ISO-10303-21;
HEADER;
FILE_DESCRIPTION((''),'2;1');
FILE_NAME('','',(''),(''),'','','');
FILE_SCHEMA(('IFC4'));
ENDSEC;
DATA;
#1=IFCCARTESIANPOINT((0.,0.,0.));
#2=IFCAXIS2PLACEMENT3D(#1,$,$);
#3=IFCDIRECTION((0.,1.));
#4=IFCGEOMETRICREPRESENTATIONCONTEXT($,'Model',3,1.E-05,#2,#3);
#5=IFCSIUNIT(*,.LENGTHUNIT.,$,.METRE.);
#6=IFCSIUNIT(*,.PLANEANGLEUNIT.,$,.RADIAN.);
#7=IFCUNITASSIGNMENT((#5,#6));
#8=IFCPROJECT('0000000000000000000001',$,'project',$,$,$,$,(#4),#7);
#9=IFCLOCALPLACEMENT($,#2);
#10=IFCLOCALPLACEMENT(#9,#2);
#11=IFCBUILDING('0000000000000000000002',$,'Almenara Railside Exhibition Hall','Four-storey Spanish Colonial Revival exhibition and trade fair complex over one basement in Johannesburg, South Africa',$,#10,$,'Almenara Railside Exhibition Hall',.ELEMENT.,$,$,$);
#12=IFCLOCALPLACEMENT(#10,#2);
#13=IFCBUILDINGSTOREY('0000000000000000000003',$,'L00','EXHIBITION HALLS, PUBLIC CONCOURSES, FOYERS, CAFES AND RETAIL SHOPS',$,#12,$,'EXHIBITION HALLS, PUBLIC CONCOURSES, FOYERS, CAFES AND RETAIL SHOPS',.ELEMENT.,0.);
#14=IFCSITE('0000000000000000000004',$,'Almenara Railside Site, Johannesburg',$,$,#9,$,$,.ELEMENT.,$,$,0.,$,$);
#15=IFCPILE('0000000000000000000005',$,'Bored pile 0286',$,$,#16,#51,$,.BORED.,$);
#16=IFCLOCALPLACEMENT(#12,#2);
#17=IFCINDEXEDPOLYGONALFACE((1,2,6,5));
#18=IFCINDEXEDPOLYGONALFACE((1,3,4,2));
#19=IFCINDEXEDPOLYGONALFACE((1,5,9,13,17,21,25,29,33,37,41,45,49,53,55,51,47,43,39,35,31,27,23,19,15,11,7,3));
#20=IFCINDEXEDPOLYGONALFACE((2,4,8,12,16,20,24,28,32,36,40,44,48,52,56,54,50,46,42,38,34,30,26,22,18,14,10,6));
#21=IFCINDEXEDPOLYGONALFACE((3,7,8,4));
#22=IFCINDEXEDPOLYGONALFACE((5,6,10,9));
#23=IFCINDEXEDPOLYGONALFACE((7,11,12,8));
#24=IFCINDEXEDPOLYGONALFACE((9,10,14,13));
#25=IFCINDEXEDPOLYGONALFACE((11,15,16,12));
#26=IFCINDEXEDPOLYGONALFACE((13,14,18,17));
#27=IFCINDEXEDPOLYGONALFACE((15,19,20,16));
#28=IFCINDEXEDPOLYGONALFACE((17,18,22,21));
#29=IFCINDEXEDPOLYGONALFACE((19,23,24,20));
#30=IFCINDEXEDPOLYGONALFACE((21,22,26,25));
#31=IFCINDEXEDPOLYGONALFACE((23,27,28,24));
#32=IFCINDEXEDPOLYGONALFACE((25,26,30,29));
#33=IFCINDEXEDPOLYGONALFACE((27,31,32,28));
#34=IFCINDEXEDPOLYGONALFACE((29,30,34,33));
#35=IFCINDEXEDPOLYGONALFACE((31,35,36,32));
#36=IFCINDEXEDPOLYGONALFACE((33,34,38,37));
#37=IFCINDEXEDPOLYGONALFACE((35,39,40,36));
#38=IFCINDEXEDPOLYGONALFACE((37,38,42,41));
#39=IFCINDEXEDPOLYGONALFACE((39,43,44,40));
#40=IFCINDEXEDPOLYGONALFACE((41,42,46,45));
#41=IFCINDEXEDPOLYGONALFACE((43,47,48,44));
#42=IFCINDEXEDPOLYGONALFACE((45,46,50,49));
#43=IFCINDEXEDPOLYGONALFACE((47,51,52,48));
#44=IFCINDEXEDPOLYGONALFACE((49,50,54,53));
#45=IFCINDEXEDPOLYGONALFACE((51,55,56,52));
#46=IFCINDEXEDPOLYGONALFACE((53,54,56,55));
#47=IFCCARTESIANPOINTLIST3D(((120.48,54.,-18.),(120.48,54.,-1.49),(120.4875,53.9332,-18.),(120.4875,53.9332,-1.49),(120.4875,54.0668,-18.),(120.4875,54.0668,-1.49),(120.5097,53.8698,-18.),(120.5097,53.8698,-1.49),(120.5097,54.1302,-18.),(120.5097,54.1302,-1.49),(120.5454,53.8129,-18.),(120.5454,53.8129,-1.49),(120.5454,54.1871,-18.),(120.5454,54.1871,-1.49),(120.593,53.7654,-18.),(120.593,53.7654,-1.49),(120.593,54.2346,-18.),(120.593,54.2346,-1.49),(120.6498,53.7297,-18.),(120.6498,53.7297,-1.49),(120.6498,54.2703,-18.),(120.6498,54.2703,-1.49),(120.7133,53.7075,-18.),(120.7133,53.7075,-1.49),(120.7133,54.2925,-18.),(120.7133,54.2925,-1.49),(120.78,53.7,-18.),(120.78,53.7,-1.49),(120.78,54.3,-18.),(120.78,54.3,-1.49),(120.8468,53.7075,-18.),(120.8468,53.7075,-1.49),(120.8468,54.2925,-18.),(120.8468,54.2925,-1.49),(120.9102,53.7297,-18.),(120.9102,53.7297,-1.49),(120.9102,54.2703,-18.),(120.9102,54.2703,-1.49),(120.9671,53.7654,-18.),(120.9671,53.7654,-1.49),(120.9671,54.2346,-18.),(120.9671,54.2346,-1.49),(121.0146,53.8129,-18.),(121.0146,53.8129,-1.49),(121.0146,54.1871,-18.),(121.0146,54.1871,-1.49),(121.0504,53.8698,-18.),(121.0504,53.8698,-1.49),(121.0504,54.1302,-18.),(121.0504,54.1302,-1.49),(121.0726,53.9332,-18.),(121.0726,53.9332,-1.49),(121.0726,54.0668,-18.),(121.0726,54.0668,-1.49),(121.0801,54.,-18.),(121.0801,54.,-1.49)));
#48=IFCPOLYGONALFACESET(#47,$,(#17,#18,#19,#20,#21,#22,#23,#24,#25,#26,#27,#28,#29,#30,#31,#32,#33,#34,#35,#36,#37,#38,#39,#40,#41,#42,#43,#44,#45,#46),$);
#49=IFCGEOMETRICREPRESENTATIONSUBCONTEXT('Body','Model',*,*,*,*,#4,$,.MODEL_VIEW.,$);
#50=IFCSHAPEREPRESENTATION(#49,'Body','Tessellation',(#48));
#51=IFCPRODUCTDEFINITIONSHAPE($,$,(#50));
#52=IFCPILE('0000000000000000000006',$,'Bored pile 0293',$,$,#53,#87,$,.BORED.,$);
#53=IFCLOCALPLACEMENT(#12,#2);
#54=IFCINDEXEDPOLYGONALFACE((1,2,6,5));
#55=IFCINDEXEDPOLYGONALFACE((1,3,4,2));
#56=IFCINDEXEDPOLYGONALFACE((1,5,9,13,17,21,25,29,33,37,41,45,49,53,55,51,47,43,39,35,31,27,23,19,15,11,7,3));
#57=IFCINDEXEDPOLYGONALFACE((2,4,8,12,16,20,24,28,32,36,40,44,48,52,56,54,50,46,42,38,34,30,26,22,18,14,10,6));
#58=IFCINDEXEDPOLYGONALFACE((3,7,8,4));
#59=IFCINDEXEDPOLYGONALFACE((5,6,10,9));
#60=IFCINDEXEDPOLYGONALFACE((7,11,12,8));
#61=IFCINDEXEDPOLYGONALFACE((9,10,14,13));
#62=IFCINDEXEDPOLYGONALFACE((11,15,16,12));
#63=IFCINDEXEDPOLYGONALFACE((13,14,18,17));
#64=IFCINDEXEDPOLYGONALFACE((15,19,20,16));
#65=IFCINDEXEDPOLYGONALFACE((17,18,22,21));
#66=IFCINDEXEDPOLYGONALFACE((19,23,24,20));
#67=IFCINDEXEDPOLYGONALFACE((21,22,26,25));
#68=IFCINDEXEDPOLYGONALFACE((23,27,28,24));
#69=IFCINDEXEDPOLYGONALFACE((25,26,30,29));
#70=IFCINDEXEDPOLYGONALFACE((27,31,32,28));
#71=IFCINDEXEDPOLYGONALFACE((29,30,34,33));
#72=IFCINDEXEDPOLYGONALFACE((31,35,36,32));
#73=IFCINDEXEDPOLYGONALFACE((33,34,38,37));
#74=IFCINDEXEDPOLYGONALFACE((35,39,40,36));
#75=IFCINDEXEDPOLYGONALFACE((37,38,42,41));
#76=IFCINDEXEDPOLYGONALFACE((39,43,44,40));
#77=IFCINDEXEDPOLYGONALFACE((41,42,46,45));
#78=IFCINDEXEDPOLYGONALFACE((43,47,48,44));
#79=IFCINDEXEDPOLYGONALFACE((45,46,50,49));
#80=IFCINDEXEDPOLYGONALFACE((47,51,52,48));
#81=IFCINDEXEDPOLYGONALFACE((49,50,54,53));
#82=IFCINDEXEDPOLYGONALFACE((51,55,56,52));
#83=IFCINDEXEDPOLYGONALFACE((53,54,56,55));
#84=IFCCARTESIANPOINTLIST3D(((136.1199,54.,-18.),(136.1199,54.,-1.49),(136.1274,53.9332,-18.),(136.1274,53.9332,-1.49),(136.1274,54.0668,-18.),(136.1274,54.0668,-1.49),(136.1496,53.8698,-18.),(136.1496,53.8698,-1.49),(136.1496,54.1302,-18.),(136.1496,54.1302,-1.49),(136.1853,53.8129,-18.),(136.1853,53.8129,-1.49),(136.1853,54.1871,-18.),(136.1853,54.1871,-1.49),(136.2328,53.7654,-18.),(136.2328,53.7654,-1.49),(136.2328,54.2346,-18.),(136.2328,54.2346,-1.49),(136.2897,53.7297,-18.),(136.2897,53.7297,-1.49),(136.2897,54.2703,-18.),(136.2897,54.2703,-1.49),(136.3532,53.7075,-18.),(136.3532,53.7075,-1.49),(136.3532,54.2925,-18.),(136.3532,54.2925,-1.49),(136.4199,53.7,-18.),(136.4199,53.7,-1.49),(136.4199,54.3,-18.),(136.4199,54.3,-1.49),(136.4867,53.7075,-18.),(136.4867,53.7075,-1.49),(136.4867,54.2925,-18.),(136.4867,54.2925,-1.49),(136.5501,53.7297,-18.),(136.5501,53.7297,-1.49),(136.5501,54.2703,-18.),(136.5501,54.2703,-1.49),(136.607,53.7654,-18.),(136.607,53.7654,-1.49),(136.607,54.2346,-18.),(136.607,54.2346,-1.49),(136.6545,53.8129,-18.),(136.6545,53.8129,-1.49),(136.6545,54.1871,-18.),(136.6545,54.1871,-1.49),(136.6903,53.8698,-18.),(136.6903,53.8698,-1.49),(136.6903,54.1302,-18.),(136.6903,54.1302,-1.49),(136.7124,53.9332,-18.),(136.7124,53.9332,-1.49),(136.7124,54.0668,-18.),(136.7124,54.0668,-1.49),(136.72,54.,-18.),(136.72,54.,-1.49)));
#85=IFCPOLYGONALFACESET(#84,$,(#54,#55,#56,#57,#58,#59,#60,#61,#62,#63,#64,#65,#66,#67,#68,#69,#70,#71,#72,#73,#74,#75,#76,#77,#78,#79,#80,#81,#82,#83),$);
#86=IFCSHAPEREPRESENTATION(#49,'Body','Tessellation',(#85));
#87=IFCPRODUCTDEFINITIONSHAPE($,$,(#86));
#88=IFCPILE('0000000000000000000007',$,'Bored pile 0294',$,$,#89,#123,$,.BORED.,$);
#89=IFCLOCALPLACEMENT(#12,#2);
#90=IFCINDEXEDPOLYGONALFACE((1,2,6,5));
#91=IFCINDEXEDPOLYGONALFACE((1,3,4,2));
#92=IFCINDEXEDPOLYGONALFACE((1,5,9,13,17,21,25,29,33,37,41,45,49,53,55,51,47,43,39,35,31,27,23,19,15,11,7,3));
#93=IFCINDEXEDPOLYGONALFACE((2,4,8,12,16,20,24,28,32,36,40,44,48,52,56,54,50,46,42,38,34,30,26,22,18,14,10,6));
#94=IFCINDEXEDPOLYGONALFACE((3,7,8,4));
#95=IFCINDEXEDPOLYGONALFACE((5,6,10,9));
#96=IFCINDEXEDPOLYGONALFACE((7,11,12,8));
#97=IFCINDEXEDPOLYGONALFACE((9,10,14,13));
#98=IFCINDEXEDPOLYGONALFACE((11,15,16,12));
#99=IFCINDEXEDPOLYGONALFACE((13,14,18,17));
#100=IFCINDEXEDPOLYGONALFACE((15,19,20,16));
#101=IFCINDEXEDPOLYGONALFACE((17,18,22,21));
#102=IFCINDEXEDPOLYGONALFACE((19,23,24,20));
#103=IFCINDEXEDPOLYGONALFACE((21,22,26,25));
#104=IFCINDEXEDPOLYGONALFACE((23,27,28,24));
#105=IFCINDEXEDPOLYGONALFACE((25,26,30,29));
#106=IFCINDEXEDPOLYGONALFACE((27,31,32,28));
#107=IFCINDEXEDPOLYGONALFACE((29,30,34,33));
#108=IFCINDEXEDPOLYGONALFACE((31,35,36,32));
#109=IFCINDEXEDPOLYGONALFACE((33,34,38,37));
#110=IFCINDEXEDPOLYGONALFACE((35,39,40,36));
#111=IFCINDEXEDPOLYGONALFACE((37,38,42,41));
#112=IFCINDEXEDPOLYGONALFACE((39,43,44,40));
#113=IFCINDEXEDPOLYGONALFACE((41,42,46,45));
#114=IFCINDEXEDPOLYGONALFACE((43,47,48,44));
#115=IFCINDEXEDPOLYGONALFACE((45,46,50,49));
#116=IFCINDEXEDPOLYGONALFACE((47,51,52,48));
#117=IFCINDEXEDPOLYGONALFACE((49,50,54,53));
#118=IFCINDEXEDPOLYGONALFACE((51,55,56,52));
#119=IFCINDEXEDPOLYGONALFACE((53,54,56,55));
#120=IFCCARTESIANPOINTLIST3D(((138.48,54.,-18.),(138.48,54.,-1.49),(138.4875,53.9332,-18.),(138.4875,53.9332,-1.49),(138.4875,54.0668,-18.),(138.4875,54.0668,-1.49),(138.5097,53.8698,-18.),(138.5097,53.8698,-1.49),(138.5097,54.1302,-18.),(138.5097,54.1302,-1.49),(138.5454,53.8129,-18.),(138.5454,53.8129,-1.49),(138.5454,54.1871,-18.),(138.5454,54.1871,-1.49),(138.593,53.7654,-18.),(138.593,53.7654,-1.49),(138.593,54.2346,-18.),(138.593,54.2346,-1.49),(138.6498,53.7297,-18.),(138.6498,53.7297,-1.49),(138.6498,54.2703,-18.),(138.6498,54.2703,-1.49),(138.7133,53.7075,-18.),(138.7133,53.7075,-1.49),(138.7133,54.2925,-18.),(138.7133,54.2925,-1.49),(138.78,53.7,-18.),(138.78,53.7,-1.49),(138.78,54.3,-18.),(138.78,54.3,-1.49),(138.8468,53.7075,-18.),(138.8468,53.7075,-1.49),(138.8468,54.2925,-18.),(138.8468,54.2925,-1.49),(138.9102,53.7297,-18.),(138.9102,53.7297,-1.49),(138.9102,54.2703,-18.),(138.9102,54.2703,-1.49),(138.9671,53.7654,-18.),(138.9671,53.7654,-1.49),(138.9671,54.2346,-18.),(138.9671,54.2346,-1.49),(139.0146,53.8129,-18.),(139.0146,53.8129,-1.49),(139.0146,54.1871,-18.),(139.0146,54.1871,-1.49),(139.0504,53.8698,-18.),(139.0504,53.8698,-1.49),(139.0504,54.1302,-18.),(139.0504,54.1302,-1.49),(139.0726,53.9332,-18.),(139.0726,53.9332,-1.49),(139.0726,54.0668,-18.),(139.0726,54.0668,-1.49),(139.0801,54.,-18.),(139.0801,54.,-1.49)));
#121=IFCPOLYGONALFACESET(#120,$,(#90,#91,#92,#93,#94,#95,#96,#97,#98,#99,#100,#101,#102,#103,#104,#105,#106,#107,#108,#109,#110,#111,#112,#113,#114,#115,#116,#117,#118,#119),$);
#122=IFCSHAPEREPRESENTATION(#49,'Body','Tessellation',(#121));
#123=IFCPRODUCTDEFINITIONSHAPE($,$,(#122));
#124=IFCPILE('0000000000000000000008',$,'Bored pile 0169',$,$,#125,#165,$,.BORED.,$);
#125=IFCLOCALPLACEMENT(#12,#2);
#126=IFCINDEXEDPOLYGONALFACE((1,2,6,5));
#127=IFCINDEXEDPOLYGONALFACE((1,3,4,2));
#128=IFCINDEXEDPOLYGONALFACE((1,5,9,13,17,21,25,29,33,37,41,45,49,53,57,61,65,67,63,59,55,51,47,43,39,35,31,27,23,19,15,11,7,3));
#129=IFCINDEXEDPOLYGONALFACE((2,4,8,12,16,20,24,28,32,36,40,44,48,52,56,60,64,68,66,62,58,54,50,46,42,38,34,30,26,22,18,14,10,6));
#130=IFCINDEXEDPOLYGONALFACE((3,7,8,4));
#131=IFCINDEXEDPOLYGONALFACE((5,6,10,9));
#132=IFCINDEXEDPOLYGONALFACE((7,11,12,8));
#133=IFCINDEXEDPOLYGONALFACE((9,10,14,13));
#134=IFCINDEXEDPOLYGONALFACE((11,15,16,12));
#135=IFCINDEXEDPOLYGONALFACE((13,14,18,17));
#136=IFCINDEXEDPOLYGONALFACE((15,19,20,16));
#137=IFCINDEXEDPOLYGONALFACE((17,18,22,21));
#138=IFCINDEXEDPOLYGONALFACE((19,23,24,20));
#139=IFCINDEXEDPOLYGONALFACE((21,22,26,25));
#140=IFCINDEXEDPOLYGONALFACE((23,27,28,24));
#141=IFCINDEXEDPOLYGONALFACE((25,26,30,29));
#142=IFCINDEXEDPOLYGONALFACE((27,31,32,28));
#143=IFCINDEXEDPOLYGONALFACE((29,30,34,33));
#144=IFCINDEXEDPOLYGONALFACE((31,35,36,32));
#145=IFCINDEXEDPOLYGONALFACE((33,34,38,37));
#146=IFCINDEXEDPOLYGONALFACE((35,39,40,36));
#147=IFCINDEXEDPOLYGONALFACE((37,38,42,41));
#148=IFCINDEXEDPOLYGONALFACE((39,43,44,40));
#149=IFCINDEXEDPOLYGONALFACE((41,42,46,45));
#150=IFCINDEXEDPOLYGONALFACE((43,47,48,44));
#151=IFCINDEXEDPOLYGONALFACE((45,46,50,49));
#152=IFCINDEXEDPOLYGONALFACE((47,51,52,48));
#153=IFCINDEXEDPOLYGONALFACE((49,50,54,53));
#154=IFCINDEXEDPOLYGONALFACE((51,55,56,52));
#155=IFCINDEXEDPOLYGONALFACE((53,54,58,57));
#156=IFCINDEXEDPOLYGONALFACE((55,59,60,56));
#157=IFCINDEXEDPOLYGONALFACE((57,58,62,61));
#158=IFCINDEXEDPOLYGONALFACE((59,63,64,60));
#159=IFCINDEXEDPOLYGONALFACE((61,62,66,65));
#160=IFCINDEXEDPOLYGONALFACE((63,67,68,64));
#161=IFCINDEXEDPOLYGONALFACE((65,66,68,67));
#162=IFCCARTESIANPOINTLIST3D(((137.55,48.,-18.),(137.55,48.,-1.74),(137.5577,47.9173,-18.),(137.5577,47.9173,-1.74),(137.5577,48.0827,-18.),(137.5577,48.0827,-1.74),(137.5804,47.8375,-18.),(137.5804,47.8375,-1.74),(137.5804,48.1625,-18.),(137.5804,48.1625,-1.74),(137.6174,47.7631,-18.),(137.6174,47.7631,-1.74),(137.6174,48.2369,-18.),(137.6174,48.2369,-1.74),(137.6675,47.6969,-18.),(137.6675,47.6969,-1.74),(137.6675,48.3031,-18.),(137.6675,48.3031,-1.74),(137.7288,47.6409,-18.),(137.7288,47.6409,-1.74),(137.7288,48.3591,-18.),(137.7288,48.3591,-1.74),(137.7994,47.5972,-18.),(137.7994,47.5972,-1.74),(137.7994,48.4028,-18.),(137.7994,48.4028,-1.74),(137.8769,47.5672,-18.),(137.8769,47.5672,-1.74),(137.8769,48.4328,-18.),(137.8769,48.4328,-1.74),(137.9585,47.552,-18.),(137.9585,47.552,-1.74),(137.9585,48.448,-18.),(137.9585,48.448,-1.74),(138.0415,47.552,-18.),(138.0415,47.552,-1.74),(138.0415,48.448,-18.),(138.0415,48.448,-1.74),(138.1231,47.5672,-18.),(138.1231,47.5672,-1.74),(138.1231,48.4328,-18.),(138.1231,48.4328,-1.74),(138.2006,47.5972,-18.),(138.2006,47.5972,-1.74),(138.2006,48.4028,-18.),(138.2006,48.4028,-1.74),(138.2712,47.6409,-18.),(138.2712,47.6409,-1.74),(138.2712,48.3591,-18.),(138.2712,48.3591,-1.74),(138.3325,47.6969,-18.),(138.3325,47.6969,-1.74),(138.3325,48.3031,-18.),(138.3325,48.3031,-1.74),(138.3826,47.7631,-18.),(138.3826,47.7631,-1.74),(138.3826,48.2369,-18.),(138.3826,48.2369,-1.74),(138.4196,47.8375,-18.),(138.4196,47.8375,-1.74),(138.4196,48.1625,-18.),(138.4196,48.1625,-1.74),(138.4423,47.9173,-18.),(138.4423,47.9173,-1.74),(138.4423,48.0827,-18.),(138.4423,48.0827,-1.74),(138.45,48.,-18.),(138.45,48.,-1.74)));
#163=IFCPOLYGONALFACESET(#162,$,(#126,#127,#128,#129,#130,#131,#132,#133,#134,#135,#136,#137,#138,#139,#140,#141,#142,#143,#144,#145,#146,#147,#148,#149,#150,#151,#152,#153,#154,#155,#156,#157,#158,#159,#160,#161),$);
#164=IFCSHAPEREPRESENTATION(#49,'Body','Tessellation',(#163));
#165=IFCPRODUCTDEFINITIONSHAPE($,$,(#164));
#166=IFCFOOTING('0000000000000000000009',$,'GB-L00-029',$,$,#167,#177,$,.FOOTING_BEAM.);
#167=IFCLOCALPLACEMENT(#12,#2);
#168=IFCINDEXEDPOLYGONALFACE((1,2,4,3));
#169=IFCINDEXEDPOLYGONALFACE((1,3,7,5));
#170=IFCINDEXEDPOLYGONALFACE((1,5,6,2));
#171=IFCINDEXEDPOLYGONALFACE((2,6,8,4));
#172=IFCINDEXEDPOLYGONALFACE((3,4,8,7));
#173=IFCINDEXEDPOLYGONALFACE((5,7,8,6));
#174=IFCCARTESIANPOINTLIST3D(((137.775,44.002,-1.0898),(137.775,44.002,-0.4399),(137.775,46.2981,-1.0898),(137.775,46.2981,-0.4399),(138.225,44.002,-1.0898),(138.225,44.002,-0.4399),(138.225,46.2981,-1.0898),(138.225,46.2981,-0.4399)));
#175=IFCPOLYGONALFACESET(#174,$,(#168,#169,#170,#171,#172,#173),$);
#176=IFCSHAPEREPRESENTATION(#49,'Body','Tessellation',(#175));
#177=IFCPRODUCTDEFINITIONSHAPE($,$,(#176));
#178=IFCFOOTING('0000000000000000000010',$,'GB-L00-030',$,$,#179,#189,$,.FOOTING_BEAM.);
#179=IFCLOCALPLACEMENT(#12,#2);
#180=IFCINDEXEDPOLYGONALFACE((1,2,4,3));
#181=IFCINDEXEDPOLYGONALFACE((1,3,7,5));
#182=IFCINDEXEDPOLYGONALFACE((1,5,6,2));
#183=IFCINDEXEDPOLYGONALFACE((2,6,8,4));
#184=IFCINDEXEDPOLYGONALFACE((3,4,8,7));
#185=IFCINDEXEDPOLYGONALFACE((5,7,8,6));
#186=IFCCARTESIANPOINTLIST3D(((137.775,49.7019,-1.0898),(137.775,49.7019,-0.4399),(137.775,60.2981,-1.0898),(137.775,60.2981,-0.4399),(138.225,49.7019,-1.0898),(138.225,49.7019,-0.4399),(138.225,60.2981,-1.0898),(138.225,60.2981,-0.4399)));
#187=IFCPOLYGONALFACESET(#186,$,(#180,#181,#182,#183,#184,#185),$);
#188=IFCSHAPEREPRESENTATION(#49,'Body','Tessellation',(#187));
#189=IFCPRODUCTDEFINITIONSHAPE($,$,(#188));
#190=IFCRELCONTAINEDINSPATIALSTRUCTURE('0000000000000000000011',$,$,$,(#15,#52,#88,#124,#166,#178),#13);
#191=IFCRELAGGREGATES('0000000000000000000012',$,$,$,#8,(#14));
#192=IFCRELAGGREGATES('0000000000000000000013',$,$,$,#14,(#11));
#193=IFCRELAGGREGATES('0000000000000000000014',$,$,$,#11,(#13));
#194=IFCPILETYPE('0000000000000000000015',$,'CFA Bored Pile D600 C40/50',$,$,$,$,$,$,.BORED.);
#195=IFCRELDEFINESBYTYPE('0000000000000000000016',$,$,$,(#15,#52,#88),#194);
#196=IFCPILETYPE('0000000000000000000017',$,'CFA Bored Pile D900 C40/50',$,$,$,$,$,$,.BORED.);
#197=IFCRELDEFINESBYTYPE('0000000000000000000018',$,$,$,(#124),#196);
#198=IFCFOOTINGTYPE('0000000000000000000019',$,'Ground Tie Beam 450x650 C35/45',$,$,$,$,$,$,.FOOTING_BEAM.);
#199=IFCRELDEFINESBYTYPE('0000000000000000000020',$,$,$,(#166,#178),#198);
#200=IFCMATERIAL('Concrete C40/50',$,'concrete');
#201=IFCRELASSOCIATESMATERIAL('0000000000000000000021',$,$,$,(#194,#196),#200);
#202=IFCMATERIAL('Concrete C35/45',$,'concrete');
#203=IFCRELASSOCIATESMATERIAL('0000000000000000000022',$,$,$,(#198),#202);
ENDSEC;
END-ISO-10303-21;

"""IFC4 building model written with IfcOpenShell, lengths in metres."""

from ifc_helpers import new_model, si_unit, direction, frame, origin, origin_2d, place, context, subcontext, project, spatial, rectangle, circle, extrude, material, material_profile, profile_set, type_object, element, save


model = new_model("IFC4")

# Units and contexts
model_context = context("Model", 3, precision=1e-05, world=origin(), true_north=direction((0.0, 1.0)))
body_context = subcontext(model_context, "Body", "Model", "MODEL_VIEW")
ifc_project = project(units=[si_unit("LENGTHUNIT", "METRE"), si_unit("PLANEANGLEUNIT", "RADIAN")], contexts=[model_context])

# Site, building, storey
site_placement = place(None, origin())
site = spatial("IfcSite", under=ifc_project, at=site_placement, Name="Almenara Railside Site, Johannesburg", CompositionType="ELEMENT", RefElevation=0.0)
building_placement = place(site_placement, origin())
building = spatial("IfcBuilding", under=site, at=building_placement, Name="Almenara Railside Exhibition Hall", Description="Four-storey Spanish Colonial Revival exhibition and trade fair complex over one basement in Johannesburg, South Africa", LongName="Almenara Railside Exhibition Hall", CompositionType="ELEMENT")
storey_placement = place(building_placement, origin())
storey = spatial("IfcBuildingStorey", under=building, at=storey_placement, Name="L00", Description="EXHIBITION HALLS, PUBLIC CONCOURSES, FOYERS, CAFES AND RETAIL SHOPS", LongName="EXHIBITION HALLS, PUBLIC CONCOURSES, FOYERS, CAFES AND RETAIL SHOPS", CompositionType="ELEMENT", Elevation=0.0)

# Piles
ifc_material_1 = material(Name="Concrete C40/50", Category="concrete")
ifc_material_profile_1 = material_profile(ifc_material_1, circle(Radius=0.3, at=origin_2d()), Name="CFA-PILE D600")
ifc_profile_set_1 = profile_set([ifc_material_profile_1], Name="Concrete C40/50")
pile_type_1 = type_object("IfcPileType", Name="CFA Bored Pile D600 C40/50", PredefinedType="BORED", material=ifc_profile_set_1)
for number, where, z_axis, x_axis, name in (
    (1, (120.78, 54.0, -1.49), (0.0, 0.0, -1.0), (1.0, 0.0, 0.0), "Bored pile 0286"),
    (2, (136.4199, 54.0, -1.49), (0.0, 0.0, -1.0), (1.0, 0.0, 0.0), "Bored pile 0293"),
    (3, (138.78, 54.0, -1.49), (0.0, 0.0, -1.0), (1.0, 0.0, 0.0), "Bored pile 0294"),
):
    element("IfcPile", number, at=place(storey_placement, frame(where, z_axis=z_axis, x_axis=x_axis)), inside=storey, type_object=pile_type_1, Name=name, PredefinedType="BORED", context=body_context, shape_type="SweptSolid", body=[
        extrude(circle(Radius=0.3, at=origin_2d()), origin(), (0.0, 0.0, 1.0), 16.51),
    ])
ifc_material_profile_2 = material_profile(ifc_material_1, circle(Radius=0.45, at=origin_2d()), Name="CFA-PILE D900")
ifc_profile_set_2 = profile_set([ifc_material_profile_2], Name="Concrete C40/50")
pile_type_2 = type_object("IfcPileType", Name="CFA Bored Pile D900 C40/50", PredefinedType="BORED", material=ifc_profile_set_2)
pile_placement = place(storey_placement, frame((138.0, 48.0, -1.74), z_axis=(0.0, 0.0, -1.0), x_axis=(1.0, 0.0, 0.0)))
element("IfcPile", 4, at=pile_placement, inside=storey, type_object=pile_type_2, Name="Bored pile 0169", PredefinedType="BORED", context=body_context, shape_type="SweptSolid", body=[
    extrude(circle(Radius=0.45, at=origin_2d()), origin(), (0.0, 0.0, 1.0), 16.26),
])

# Footings
ifc_material_2 = material(Name="Concrete C35/45", Category="concrete")
ifc_material_profile_3 = material_profile(ifc_material_2, rectangle(XDim=0.45, YDim=0.6499, at=origin_2d()), Name="RC-GB 450x650")
ifc_profile_set_3 = profile_set([ifc_material_profile_3], Name="Concrete C35/45")
footing_type = type_object("IfcFootingType", Name="Ground Tie Beam 450x650 C35/45", PredefinedType="FOOTING_BEAM", material=ifc_profile_set_3)
footing_1_placement = place(storey_placement, frame((138.0, 44.002, -0.7649), z_axis=(0.0, 1.0, 0.0), x_axis=(-1.0, 0.0, 0.0)))
element("IfcFooting", 5, at=footing_1_placement, inside=storey, type_object=footing_type, Name="GB-L00-029", PredefinedType="FOOTING_BEAM", context=body_context, shape_type="SweptSolid", body=[
    extrude(rectangle(XDim=0.45, YDim=0.6499, at=origin_2d()), origin(), (0.0, 0.0, 1.0), 2.2961),
])
footing_2_placement = place(storey_placement, frame((138.0, 49.7019, -0.7649), z_axis=(0.0, 1.0, 0.0), x_axis=(-1.0, 0.0, 0.0)))
element("IfcFooting", 6, at=footing_2_placement, inside=storey, type_object=footing_type, Name="GB-L00-030", PredefinedType="FOOTING_BEAM", context=body_context, shape_type="SweptSolid", body=[
    extrude(rectangle(XDim=0.45, YDim=0.6499, at=origin_2d()), origin(), (0.0, 0.0, 1.0), 10.5962),
])

save(model, "model.ifc")
